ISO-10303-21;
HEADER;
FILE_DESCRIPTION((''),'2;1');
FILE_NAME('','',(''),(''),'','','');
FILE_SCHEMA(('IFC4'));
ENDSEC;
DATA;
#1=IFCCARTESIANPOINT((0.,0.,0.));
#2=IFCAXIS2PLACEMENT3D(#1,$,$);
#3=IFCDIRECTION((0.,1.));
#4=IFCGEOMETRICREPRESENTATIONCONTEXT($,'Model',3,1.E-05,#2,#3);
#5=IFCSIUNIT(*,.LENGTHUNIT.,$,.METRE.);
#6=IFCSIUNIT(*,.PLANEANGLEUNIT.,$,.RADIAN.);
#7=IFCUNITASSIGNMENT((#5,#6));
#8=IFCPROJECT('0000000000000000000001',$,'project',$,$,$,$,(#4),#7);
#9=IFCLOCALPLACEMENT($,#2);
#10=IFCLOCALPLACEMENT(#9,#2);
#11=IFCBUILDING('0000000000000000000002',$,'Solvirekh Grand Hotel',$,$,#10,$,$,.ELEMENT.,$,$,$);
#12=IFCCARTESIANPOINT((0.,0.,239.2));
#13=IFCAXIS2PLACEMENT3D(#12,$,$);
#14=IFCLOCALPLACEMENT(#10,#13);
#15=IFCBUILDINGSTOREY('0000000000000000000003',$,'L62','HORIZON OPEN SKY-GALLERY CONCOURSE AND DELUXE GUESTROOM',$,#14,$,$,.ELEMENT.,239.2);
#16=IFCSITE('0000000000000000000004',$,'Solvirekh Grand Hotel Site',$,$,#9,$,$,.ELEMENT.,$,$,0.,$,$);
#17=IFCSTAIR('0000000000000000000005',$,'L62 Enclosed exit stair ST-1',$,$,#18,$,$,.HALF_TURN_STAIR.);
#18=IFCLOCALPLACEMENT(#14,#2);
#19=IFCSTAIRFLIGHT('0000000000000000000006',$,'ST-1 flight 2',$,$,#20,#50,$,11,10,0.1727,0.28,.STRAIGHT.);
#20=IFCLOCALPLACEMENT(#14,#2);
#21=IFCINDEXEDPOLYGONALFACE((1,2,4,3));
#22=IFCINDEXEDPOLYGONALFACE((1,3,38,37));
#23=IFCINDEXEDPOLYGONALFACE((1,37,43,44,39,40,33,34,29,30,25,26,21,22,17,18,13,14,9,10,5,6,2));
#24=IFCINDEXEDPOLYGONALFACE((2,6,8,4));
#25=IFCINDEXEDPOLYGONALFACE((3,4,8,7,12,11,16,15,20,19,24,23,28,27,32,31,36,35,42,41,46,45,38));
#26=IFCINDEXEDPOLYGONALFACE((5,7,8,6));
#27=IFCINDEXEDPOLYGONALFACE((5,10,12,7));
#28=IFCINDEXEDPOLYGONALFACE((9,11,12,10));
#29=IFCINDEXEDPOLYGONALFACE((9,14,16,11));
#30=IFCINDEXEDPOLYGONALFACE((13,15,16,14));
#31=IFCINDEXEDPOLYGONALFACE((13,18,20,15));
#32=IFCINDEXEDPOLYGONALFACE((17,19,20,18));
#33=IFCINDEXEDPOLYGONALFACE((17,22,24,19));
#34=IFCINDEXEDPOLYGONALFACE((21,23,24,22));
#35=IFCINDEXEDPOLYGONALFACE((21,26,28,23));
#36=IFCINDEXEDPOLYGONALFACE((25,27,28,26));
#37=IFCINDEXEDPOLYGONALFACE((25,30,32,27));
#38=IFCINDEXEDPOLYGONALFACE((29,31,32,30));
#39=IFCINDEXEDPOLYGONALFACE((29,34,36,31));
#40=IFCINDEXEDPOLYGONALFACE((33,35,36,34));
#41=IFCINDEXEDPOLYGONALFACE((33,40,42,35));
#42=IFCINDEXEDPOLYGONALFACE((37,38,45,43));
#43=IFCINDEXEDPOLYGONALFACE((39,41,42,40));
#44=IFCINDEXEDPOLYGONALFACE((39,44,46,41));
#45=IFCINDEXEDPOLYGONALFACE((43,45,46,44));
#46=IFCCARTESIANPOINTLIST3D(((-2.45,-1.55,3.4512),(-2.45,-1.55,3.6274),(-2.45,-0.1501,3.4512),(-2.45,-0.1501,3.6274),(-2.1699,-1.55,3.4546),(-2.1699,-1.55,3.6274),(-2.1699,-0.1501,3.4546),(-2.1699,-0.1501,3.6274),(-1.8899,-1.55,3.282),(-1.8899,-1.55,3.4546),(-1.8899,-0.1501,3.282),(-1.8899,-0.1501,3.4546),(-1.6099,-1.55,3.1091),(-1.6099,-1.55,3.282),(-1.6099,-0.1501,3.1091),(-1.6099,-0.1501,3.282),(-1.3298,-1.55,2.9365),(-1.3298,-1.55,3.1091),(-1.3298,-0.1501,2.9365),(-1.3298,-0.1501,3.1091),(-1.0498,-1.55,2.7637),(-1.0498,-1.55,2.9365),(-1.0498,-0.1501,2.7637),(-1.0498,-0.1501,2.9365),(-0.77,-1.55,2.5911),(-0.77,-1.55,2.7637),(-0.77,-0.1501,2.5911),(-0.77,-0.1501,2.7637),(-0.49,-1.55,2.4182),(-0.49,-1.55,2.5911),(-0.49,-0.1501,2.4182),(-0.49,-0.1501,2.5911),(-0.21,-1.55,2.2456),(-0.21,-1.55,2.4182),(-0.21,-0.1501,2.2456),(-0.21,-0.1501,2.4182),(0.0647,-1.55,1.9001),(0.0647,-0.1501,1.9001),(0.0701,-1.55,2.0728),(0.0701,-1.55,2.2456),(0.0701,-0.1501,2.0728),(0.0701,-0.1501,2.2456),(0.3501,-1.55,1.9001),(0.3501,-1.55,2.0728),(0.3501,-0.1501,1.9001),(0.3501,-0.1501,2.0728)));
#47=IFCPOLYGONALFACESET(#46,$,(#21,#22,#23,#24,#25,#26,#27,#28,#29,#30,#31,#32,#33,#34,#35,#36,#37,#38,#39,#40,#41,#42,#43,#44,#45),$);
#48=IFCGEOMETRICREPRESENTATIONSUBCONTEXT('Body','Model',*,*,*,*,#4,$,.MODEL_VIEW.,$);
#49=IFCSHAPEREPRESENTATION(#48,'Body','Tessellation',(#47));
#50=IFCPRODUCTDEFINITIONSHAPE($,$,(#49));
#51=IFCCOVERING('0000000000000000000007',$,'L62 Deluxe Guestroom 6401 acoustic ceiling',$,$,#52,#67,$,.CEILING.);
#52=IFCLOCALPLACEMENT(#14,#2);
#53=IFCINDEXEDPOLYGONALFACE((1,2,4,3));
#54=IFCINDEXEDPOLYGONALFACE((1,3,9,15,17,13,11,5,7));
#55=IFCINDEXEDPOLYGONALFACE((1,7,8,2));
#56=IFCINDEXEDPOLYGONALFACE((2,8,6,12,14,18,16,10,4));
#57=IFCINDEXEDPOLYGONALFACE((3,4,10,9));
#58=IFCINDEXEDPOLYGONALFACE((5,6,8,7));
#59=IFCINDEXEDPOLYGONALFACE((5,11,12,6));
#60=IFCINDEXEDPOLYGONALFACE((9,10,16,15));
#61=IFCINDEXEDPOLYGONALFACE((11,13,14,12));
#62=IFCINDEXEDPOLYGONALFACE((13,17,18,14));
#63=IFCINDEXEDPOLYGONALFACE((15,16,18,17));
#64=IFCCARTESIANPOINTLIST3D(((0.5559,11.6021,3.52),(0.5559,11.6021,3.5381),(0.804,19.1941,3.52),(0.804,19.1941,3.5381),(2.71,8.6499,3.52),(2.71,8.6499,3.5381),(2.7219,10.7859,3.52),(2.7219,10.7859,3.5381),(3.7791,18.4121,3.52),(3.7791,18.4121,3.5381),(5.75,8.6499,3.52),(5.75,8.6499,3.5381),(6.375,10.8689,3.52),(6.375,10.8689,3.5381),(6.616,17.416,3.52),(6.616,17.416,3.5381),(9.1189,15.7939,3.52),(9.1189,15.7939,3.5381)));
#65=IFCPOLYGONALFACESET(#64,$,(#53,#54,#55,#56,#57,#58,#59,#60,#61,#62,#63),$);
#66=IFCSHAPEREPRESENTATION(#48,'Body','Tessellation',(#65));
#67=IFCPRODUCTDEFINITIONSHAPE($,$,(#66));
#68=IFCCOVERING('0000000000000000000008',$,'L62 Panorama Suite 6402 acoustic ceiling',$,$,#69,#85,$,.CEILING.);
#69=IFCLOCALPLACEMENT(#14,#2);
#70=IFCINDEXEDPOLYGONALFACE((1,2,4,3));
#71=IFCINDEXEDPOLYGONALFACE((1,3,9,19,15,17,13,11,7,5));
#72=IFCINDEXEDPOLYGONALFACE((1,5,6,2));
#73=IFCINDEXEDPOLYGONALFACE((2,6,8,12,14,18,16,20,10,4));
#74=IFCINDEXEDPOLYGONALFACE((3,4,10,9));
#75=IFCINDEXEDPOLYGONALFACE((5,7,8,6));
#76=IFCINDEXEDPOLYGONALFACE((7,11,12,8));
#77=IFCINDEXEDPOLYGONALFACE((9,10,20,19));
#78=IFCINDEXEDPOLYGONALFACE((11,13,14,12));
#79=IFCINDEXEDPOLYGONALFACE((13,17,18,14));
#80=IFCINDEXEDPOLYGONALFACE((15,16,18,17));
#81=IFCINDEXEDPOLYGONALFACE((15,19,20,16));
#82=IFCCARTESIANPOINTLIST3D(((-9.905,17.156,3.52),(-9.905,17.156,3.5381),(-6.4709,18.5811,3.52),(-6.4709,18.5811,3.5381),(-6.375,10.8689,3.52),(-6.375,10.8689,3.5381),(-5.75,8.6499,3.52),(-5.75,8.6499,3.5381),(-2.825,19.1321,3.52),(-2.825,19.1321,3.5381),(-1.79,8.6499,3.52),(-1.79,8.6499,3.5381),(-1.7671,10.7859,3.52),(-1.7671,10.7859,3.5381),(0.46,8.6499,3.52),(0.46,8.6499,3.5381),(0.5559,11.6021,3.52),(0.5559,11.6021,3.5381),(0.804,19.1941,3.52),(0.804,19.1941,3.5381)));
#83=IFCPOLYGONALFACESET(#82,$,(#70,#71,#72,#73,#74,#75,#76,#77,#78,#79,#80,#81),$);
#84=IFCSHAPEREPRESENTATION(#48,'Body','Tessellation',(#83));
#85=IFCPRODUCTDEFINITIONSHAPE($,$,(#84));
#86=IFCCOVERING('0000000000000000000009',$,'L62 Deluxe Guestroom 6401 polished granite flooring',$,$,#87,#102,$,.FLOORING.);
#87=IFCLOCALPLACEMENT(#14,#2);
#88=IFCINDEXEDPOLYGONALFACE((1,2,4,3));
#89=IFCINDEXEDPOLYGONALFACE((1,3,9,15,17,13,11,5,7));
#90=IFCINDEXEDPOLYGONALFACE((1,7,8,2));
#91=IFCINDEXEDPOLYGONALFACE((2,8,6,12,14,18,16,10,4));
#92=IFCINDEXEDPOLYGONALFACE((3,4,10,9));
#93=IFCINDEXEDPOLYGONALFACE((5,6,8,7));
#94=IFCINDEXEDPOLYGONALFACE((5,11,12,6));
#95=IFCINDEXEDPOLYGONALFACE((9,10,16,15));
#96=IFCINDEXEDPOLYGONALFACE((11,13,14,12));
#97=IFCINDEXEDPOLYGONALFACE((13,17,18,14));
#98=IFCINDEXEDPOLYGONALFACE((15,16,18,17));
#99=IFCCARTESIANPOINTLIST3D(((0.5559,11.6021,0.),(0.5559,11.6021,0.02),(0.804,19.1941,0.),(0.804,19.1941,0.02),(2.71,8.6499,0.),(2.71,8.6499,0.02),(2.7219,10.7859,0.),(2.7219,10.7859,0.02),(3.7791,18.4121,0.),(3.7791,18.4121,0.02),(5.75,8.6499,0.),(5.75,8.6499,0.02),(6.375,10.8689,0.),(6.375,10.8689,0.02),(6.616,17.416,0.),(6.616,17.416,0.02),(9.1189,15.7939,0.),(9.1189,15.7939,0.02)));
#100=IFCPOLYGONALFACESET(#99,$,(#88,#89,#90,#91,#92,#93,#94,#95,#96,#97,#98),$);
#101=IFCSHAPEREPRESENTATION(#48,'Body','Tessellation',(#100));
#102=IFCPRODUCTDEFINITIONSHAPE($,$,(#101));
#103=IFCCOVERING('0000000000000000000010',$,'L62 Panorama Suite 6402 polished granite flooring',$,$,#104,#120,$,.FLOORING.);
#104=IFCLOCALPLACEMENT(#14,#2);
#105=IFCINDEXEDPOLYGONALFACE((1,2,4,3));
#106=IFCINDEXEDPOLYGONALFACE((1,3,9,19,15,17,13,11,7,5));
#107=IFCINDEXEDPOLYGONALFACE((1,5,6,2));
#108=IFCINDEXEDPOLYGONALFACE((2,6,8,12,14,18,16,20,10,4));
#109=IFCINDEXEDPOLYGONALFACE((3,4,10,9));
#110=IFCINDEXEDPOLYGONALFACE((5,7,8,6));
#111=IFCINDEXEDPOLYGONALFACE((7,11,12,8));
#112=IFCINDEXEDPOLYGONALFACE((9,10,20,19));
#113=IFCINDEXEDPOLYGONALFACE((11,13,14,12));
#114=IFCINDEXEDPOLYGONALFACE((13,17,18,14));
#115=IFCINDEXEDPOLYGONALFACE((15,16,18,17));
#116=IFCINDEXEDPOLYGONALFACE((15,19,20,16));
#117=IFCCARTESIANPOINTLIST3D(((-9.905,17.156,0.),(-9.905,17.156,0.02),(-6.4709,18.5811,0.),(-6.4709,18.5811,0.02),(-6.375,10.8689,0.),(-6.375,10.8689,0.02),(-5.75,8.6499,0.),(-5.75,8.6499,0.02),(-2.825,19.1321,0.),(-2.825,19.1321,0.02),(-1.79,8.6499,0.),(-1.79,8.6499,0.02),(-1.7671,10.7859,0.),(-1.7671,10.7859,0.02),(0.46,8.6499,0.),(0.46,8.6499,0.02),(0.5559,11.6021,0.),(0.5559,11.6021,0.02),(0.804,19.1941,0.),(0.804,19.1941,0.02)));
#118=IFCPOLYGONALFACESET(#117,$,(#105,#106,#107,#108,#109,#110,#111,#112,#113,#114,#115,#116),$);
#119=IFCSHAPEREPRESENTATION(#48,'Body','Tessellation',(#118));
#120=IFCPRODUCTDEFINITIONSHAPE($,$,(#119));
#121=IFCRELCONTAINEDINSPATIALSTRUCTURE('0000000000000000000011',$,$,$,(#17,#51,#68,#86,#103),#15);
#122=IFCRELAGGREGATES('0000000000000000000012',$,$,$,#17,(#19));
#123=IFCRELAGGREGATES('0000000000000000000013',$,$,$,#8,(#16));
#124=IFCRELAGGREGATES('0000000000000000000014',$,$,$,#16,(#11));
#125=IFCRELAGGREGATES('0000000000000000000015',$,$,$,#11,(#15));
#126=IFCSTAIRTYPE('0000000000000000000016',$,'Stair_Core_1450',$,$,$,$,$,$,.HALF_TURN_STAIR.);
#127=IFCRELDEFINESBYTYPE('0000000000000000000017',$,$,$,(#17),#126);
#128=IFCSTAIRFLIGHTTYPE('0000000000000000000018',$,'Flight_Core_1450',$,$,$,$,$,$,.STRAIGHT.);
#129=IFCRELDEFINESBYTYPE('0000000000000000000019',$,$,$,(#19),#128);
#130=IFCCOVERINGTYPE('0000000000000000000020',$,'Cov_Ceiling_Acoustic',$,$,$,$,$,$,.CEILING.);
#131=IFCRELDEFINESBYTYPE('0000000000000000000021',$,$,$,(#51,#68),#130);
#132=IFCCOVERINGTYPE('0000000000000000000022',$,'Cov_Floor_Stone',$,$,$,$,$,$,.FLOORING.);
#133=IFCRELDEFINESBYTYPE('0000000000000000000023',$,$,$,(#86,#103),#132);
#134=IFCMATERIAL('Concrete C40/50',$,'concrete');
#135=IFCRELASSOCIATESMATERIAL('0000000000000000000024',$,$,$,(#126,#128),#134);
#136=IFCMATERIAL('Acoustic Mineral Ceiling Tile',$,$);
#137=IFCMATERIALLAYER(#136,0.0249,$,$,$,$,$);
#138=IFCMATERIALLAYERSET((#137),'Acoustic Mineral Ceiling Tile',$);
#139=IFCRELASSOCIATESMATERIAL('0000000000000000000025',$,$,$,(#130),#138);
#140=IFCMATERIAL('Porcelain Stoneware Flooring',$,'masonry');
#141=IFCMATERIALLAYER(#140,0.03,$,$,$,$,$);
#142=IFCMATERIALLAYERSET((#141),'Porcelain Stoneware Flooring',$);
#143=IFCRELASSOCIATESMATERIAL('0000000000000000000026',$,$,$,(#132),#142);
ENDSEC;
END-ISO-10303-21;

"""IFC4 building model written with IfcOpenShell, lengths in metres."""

from ifc_helpers import new_model, si_unit, direction, frame, origin, place, context, subcontext, project, spatial, polyline, outline, extrude, material, layer, layer_set, type_object, element, aggregate, save


model = new_model("IFC4")

# Units and contexts
model_context = context("Model", 3, precision=1e-05, world=origin(), true_north=direction((0.0, 1.0)))
body_context = subcontext(model_context, "Body", "Model", "MODEL_VIEW")
ifc_project = project(units=[si_unit("LENGTHUNIT", "METRE"), si_unit("PLANEANGLEUNIT", "RADIAN")], contexts=[model_context])

# Site, building, storey
site_placement = place(None, origin())
site = spatial("IfcSite", under=ifc_project, at=site_placement, Name="Solvirekh Grand Hotel Site", CompositionType="ELEMENT", RefElevation=0.0)
building_placement = place(site_placement, origin())
building = spatial("IfcBuilding", under=site, at=building_placement, Name="Solvirekh Grand Hotel", CompositionType="ELEMENT")
storey_placement = place(building_placement, frame((0.0, 0.0, 239.2)))
storey = spatial("IfcBuildingStorey", under=building, at=storey_placement, Name="L62", Description="HORIZON OPEN SKY-GALLERY CONCOURSE AND DELUXE GUESTROOM", CompositionType="ELEMENT", Elevation=239.2)

# Stair
ifc_material_1 = material(Name="Concrete C40/50", Category="concrete")
stair_type = type_object("IfcStairType", Name="Stair_Core_1450", PredefinedType="HALF_TURN_STAIR", material=ifc_material_1)
stair_1_placement = place(storey_placement, origin())
stair_1 = element("IfcStair", 1, at=stair_1_placement, inside=storey, type_object=stair_type, Name="L62 Enclosed exit stair ST-1", PredefinedType="HALF_TURN_STAIR")

# Stair flight
stair_flight_type = type_object("IfcStairFlightType", Name="Flight_Core_1450", PredefinedType="STRAIGHT", material=ifc_material_1)
stair_flight_placement = place(storey_placement, frame((0.3501, -0.8501, 1.9001), z_axis=(0.0, 0.0, 1.0), x_axis=(-1.0, 0.0, 0.0)))
stair_flight = element("IfcStairFlight", 2, at=stair_flight_placement, type_object=stair_flight_type, Name="ST-1 flight 2", NumberOfRisers=11, NumberOfTreads=10, PredefinedType="STRAIGHT", RiserHeight=0.1727, TreadLength=0.28, context=body_context, shape_type="SweptSolid", body=[
    extrude(outline(polyline([(0.0, 0.0), (0.0, 0.1726), (0.28, 0.1726), (0.28, 0.3455), (0.5601, 0.3455), (0.5601, 0.5181), (0.8401, 0.5181), (0.8401, 0.6909), (1.1201, 0.6909), (1.1201, 0.8635), (1.3999, 0.8635), (1.3999, 1.0364), (1.6799, 1.0364), (1.6799, 1.209), (1.96, 1.209), (1.96, 1.3818), (2.24, 1.3818), (2.24, 1.5544), (2.52, 1.5544), (2.52, 1.7273), (2.8, 1.7273), (2.8, 1.8999), (2.8, 1.551), (0.2854, 0.0), (0.0, 0.0)])), frame((0.0, 0.7, 0.0), z_axis=(0.0, -1.0, 0.0), x_axis=(1.0, 0.0, 0.0)), (0.0, 0.0, 1.0), 1.3999),
])
aggregate(stair_1, [stair_flight])

# Coverings
ifc_material_2 = material(Name="Acoustic Mineral Ceiling Tile")
ifc_layer_1 = layer(ifc_material_2, 0.0249)
ifc_layer_set_1 = layer_set([ifc_layer_1], Name="Acoustic Mineral Ceiling Tile")
covering_type_1 = type_object("IfcCoveringType", Name="Cov_Ceiling_Acoustic", PredefinedType="CEILING", material=ifc_layer_set_1)
covering_1_placement = place(storey_placement, frame((0.0, 0.0, 3.52)))
element("IfcCovering", 3, at=covering_1_placement, inside=storey, type_object=covering_type_1, Name="L62 Deluxe Guestroom 6401 acoustic ceiling", PredefinedType="CEILING", context=body_context, shape_type="SweptSolid", body=[
    extrude(outline(polyline([(0.5559, 11.6021), (2.7219, 10.7859), (2.71, 8.6499), (5.75, 8.6499), (6.375, 10.8689), (9.1189, 15.7939), (6.616, 17.416), (3.7791, 18.4121), (0.804, 19.1941), (0.5559, 11.6021)])), origin(), (0.0, 0.0, 1.0), 0.0181),
])
covering_2_placement = place(storey_placement, frame((0.0, 0.0, 3.52)))
element("IfcCovering", 4, at=covering_2_placement, inside=storey, type_object=covering_type_1, Name="L62 Panorama Suite 6402 acoustic ceiling", PredefinedType="CEILING", context=body_context, shape_type="SweptSolid", body=[
    extrude(outline(polyline([(-1.79, 8.6499), (-1.7671, 10.7859), (0.5559, 11.6021), (0.46, 8.6499), (0.804, 19.1941), (-2.825, 19.1321), (-6.4709, 18.5811), (-9.905, 17.156), (-6.375, 10.8689), (-5.75, 8.6499), (-1.79, 8.6499)])), origin(), (0.0, 0.0, 1.0), 0.0181),
])
ifc_material_3 = material(Name="Porcelain Stoneware Flooring", Category="masonry")
ifc_layer_2 = layer(ifc_material_3, 0.03)
ifc_layer_set_2 = layer_set([ifc_layer_2], Name="Porcelain Stoneware Flooring")
covering_type_2 = type_object("IfcCoveringType", Name="Cov_Floor_Stone", PredefinedType="FLOORING", material=ifc_layer_set_2)
covering_3_placement = place(storey_placement, origin())
element("IfcCovering", 5, at=covering_3_placement, inside=storey, type_object=covering_type_2, Name="L62 Deluxe Guestroom 6401 polished granite flooring", PredefinedType="FLOORING", context=body_context, shape_type="SweptSolid", body=[
    extrude(outline(polyline([(0.5559, 11.6021), (2.7219, 10.7859), (2.71, 8.6499), (5.75, 8.6499), (6.375, 10.8689), (9.1189, 15.7939), (6.616, 17.416), (3.7791, 18.4121), (0.804, 19.1941), (0.5559, 11.6021)])), origin(), (0.0, 0.0, 1.0), 0.02),
])
covering_4_placement = place(storey_placement, origin())
element("IfcCovering", 6, at=covering_4_placement, inside=storey, type_object=covering_type_2, Name="L62 Panorama Suite 6402 polished granite flooring", PredefinedType="FLOORING", context=body_context, shape_type="SweptSolid", body=[
    extrude(outline(polyline([(-1.79, 8.6499), (-1.7671, 10.7859), (0.5559, 11.6021), (0.46, 8.6499), (0.804, 19.1941), (-2.825, 19.1321), (-6.4709, 18.5811), (-9.905, 17.156), (-6.375, 10.8689), (-5.75, 8.6499), (-1.79, 8.6499)])), origin(), (0.0, 0.0, 1.0), 0.02),
])

save(model, "model.ifc")
